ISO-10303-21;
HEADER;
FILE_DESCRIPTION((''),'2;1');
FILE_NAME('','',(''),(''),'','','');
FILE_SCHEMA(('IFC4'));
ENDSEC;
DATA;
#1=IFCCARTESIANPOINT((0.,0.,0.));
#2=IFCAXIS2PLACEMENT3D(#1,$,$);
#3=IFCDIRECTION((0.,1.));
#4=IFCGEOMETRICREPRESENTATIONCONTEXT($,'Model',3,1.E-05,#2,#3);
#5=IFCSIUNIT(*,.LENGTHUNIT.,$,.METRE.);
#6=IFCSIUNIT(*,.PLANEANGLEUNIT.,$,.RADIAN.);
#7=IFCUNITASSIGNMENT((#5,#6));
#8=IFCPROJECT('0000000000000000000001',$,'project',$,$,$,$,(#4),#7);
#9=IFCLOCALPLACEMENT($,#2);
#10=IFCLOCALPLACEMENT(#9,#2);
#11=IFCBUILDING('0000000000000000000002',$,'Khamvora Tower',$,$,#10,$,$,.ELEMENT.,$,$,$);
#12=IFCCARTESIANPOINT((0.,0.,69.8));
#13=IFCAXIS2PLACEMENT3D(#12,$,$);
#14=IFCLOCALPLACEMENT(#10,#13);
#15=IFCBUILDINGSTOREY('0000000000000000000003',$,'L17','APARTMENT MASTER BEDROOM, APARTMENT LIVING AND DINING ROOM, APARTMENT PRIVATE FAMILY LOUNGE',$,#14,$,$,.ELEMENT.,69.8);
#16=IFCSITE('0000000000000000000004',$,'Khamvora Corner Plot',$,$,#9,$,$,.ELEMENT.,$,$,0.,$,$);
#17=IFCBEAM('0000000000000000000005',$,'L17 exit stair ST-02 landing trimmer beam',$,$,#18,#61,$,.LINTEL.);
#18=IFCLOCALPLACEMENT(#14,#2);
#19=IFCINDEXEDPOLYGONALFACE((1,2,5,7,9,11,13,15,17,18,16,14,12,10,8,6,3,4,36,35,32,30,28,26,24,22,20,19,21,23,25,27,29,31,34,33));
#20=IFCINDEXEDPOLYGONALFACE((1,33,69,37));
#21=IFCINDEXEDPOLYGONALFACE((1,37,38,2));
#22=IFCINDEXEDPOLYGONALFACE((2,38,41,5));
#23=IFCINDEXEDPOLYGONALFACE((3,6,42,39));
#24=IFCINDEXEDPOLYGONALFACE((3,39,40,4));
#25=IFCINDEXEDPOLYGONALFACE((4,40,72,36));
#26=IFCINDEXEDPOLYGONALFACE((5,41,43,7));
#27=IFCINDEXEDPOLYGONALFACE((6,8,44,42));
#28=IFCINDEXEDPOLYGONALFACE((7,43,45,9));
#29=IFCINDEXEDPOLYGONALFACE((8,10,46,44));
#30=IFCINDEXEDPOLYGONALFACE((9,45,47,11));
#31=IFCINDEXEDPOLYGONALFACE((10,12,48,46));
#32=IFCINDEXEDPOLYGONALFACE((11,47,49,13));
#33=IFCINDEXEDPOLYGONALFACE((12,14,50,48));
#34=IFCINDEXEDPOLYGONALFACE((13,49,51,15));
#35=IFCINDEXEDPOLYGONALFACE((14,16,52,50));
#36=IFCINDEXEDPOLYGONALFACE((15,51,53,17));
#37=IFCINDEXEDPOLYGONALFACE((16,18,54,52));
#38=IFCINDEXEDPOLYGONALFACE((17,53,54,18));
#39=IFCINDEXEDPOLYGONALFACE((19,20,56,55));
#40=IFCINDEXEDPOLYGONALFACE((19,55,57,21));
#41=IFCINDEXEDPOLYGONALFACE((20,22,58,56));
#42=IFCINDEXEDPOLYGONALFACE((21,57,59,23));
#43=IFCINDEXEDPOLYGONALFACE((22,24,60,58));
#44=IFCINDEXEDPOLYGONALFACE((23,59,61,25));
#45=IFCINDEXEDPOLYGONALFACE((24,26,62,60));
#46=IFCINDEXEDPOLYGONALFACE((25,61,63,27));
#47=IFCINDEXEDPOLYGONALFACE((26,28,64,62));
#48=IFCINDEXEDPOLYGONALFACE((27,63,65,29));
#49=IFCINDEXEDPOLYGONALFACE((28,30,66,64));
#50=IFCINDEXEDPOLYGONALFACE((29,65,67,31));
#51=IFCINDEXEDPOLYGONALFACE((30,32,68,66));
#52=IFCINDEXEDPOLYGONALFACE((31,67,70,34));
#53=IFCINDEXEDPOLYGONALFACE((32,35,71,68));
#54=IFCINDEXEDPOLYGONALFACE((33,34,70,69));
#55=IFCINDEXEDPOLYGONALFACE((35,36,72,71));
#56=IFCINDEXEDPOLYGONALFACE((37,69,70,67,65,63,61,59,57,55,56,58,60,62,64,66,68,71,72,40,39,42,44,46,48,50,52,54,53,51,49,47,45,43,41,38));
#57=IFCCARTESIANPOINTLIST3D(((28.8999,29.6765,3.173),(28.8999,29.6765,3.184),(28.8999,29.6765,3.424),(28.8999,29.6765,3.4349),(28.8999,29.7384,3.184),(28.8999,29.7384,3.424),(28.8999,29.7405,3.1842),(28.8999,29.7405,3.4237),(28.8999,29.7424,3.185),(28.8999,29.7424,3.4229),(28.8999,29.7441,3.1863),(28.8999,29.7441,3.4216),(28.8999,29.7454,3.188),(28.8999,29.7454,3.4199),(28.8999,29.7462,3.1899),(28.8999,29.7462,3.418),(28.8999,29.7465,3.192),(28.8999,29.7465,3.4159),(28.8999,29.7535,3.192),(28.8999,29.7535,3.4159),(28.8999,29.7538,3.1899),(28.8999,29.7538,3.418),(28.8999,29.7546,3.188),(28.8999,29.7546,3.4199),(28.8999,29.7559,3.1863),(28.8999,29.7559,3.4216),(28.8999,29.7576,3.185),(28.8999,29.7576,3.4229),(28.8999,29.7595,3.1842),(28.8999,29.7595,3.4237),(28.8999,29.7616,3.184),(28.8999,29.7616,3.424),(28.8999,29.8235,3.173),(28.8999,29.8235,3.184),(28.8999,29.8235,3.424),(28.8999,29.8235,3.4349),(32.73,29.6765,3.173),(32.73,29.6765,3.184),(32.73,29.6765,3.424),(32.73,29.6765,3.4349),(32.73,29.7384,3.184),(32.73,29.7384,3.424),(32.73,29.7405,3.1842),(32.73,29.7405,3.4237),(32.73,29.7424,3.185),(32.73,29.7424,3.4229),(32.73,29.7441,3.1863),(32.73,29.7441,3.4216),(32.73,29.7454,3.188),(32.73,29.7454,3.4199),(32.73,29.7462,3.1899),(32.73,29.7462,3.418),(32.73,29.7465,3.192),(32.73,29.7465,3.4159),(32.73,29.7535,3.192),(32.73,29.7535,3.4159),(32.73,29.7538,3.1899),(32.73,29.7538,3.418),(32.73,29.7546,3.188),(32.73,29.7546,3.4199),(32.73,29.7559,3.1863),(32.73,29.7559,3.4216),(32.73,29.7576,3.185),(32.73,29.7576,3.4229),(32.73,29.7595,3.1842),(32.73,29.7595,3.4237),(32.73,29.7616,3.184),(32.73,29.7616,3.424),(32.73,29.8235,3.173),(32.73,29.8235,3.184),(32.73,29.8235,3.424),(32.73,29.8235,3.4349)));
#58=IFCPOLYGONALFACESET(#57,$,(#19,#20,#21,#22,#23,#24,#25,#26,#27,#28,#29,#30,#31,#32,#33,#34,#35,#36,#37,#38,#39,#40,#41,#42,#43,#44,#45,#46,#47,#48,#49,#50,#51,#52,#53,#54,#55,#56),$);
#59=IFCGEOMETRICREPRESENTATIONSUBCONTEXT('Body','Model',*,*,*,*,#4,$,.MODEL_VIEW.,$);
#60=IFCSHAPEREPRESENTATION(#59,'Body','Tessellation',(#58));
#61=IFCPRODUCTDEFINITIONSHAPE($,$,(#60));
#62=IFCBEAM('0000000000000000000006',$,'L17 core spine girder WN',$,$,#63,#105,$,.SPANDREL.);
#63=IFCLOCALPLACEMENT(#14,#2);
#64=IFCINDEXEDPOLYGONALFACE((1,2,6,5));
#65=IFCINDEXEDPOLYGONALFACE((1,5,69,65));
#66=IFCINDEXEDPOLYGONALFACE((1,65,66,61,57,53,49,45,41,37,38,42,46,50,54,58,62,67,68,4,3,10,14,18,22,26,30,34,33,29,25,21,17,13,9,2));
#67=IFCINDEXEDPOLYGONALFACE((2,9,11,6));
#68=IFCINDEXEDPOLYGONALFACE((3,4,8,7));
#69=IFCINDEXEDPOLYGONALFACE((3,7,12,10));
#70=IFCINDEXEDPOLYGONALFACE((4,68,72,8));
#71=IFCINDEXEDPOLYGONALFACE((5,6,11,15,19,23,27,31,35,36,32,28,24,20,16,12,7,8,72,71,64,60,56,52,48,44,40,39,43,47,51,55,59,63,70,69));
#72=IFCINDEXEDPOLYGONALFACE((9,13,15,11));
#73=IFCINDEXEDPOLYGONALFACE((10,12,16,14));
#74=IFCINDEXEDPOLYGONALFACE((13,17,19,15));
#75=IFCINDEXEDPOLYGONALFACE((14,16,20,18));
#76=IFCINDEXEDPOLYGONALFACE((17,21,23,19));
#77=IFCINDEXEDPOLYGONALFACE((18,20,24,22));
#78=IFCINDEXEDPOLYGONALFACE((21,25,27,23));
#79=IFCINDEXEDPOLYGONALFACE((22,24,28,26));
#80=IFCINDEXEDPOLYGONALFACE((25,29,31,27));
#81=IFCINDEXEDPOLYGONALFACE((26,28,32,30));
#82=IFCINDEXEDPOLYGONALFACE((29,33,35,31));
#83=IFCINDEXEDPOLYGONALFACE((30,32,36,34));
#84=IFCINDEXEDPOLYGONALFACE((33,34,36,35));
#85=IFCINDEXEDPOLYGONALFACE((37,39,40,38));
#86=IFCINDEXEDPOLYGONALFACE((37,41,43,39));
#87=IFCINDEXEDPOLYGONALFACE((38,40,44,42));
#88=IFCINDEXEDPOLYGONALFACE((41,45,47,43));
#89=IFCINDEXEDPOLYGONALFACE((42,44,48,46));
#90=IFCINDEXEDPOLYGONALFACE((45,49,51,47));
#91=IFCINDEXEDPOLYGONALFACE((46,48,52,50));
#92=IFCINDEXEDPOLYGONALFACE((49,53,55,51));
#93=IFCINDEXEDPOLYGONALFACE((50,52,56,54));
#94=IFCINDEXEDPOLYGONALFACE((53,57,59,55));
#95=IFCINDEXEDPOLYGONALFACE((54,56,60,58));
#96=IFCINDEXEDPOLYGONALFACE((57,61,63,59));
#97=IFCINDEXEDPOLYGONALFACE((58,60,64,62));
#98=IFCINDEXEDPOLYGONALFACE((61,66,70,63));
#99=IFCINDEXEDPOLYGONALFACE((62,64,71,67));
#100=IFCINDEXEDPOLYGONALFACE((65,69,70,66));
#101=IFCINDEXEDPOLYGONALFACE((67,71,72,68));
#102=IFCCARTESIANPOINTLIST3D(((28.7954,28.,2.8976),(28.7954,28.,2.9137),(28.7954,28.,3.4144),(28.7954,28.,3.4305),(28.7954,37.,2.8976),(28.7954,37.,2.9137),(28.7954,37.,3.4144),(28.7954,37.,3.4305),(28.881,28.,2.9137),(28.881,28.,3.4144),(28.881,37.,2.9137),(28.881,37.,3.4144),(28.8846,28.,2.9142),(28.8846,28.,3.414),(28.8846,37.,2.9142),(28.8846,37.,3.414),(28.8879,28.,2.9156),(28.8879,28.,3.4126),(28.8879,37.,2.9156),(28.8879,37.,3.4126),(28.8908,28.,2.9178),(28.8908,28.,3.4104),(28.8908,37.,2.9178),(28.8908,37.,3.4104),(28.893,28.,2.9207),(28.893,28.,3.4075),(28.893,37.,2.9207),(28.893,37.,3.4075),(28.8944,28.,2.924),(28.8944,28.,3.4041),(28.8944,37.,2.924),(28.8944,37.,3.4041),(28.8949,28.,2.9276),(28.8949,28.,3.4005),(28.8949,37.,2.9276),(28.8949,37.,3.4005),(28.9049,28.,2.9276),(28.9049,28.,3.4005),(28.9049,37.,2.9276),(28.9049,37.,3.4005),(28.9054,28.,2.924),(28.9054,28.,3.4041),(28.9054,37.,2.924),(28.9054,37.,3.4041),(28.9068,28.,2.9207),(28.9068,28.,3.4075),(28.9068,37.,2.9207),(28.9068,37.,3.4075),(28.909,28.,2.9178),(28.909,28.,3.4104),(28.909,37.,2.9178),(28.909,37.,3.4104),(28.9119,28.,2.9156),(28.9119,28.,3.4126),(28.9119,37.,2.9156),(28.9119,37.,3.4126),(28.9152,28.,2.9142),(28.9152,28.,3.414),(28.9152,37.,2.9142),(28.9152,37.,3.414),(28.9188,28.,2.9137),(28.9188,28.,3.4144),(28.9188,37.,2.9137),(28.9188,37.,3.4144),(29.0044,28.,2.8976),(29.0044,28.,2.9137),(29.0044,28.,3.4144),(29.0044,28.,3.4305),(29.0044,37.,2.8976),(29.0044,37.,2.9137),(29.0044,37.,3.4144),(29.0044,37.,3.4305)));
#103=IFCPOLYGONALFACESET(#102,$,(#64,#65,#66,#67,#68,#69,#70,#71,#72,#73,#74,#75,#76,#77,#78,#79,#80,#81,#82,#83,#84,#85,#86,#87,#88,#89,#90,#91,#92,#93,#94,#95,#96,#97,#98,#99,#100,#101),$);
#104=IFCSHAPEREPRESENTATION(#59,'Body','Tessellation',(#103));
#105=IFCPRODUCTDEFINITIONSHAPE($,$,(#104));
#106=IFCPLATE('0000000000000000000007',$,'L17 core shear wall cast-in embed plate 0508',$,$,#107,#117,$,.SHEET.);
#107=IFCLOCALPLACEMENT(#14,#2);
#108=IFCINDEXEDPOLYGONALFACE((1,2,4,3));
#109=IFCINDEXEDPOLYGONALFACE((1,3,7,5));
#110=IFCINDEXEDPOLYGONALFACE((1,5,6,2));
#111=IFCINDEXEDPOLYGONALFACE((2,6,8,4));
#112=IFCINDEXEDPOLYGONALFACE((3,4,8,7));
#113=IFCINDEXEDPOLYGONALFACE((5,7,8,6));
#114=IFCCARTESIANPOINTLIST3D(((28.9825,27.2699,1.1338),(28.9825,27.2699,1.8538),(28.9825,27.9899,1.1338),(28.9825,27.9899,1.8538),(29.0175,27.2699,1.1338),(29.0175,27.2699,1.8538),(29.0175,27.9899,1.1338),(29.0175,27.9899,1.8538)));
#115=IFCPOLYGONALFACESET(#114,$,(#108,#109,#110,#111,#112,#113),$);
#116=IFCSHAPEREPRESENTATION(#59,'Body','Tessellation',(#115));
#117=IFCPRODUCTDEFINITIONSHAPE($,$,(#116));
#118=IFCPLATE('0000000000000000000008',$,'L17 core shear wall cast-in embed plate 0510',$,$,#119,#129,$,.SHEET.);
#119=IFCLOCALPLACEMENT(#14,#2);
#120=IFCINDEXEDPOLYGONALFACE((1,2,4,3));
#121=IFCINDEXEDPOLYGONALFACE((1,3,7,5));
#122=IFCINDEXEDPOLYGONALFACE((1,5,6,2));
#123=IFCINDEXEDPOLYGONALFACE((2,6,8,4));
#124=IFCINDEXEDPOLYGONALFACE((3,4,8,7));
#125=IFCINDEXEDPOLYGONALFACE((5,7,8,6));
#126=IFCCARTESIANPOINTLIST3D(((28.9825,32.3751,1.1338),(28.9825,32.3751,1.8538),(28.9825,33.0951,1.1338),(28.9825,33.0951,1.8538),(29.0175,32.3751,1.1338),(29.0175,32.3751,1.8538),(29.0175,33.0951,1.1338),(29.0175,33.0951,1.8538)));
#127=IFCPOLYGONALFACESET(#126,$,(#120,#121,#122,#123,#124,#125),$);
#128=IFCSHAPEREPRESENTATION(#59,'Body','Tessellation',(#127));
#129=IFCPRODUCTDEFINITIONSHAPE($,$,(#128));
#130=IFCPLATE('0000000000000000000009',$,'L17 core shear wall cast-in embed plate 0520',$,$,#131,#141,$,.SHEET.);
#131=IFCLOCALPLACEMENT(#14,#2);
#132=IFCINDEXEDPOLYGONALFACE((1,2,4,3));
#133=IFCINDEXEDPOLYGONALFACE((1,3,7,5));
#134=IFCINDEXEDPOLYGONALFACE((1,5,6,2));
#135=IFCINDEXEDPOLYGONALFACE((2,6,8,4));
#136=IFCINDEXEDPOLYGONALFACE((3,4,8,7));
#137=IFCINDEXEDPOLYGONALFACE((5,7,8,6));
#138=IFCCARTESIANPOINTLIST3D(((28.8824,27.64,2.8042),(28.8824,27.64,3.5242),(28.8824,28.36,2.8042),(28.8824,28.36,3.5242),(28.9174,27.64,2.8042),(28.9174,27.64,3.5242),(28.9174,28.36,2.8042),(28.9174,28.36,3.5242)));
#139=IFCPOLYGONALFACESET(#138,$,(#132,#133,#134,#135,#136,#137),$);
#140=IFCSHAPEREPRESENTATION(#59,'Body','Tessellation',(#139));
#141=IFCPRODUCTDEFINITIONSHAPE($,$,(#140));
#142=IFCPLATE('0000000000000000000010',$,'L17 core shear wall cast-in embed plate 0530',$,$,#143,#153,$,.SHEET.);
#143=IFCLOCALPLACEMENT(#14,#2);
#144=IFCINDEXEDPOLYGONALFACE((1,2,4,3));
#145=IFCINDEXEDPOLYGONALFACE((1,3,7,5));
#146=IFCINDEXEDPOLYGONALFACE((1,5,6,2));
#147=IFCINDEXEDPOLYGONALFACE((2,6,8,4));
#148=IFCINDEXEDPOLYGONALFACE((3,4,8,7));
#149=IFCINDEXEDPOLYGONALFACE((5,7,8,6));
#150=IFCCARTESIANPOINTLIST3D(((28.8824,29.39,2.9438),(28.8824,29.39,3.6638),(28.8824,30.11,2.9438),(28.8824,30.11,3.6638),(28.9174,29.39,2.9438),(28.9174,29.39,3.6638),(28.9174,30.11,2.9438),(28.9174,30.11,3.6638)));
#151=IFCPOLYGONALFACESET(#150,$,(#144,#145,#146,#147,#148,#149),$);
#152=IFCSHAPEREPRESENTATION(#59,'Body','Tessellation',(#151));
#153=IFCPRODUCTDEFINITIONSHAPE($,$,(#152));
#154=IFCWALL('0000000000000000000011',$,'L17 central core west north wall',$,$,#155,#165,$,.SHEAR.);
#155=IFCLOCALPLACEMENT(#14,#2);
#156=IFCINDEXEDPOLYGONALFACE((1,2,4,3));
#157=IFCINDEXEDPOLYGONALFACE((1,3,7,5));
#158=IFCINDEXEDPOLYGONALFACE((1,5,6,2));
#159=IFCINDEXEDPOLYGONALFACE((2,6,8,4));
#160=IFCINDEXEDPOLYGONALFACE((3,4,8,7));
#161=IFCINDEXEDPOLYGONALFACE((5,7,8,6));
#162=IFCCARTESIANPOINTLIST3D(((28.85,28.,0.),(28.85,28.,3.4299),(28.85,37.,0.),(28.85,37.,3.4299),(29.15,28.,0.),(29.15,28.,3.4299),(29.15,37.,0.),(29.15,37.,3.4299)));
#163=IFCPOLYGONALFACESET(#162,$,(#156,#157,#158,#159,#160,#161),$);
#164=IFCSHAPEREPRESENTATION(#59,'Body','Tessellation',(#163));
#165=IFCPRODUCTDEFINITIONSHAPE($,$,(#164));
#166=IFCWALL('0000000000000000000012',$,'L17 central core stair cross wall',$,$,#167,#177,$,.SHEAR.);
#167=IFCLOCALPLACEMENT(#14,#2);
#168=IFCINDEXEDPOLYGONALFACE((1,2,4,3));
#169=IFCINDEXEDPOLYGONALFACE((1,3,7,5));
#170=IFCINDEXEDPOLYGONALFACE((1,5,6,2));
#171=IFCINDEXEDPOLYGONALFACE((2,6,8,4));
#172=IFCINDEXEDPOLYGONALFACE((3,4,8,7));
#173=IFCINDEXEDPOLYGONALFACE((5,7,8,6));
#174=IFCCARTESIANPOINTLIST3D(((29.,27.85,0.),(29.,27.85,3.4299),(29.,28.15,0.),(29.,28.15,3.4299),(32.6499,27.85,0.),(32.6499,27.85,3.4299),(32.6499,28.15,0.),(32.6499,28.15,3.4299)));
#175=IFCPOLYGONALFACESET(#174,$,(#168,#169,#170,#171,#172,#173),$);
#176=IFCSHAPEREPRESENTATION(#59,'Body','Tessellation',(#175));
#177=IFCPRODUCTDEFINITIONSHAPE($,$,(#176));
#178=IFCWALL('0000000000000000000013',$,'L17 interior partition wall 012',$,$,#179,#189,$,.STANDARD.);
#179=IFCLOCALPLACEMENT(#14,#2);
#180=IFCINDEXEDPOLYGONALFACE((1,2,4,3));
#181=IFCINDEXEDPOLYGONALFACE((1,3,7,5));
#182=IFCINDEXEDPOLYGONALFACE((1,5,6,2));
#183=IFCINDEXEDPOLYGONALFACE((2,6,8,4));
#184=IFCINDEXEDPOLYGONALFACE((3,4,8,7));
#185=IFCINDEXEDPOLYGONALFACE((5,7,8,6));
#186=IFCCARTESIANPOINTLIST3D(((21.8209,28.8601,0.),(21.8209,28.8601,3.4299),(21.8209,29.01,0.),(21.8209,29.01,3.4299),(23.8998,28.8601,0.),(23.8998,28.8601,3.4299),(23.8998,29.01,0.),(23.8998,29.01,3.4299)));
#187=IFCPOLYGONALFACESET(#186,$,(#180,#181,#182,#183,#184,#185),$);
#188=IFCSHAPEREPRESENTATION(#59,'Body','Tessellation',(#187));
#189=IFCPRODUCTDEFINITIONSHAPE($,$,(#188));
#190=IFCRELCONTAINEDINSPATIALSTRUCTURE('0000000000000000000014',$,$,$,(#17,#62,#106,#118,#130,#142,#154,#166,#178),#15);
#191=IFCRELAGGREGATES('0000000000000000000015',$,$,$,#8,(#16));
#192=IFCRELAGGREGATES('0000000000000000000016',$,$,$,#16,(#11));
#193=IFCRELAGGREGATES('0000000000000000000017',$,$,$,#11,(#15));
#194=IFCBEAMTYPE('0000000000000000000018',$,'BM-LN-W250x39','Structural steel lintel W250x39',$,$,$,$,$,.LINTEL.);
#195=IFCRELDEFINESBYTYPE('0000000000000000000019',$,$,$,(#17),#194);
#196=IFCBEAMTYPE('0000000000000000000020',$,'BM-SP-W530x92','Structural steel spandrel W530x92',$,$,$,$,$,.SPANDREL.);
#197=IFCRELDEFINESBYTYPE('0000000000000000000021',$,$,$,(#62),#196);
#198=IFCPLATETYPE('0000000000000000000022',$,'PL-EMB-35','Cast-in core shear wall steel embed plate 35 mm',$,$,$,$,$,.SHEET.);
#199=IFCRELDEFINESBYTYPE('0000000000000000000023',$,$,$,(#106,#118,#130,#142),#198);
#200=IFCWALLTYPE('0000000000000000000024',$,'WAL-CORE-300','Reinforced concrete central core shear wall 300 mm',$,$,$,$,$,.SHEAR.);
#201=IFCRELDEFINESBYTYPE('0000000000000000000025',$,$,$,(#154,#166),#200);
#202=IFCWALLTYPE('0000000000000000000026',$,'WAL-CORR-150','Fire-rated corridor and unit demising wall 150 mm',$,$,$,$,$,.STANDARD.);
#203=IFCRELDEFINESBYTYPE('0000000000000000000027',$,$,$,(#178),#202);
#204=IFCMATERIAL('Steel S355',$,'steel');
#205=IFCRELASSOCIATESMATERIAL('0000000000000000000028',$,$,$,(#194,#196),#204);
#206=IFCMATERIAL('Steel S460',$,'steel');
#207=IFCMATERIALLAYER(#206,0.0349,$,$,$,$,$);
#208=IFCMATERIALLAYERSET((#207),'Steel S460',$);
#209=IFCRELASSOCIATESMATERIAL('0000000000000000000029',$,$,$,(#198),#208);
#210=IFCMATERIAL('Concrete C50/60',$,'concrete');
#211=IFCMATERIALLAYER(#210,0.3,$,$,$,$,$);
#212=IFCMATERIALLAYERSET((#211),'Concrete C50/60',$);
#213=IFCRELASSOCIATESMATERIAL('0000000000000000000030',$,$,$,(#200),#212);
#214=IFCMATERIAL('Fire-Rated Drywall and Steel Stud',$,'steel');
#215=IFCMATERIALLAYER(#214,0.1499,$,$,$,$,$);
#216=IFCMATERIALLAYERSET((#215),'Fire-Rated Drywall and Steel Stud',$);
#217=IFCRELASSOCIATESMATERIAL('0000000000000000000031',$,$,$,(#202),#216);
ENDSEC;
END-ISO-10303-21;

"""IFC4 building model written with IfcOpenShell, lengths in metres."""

from ifc_helpers import new_model, si_unit, direction, frame, frame_2d, origin, origin_2d, place, context, subcontext, project, spatial, rectangle, i_section, extrude, material, layer, layer_set, material_profile, profile_set, type_object, element, save


model = new_model("IFC4")

# Units and contexts
model_context = context("Model", 3, precision=1e-05, world=origin(), true_north=direction((0.0, 1.0)))
body_context = subcontext(model_context, "Body", "Model", "MODEL_VIEW")
ifc_project = project(units=[si_unit("LENGTHUNIT", "METRE"), si_unit("PLANEANGLEUNIT", "RADIAN")], contexts=[model_context])

# Site, building, storey
site_placement = place(None, origin())
site = spatial("IfcSite", under=ifc_project, at=site_placement, Name="Khamvora Corner Plot", CompositionType="ELEMENT", RefElevation=0.0)
building_placement = place(site_placement, origin())
building = spatial("IfcBuilding", under=site, at=building_placement, Name="Khamvora Tower", CompositionType="ELEMENT")
storey_placement = place(building_placement, frame((0.0, 0.0, 69.8)))
storey = spatial("IfcBuildingStorey", under=building, at=storey_placement, Name="L17", Description="APARTMENT MASTER BEDROOM, APARTMENT LIVING AND DINING ROOM, APARTMENT PRIVATE FAMILY LOUNGE", CompositionType="ELEMENT", Elevation=69.8)

# Shared definitions
ifc_material_1 = material(Name="Steel S460", Category="steel")

# Beams
ifc_material_2 = material(Name="Steel S355", Category="steel")
ifc_material_profile_1 = material_profile(ifc_material_2, i_section(OverallWidth=0.147, OverallDepth=0.262, WebThickness=0.0071, FlangeThickness=0.011, FilletRadius=0.0081, at=origin_2d()), Name="W250x39")
ifc_profile_set_1 = profile_set([ifc_material_profile_1], Name="Steel S355")
beam_type_1 = type_object("IfcBeamType", Name="BM-LN-W250x39", Description="Structural steel lintel W250x39", PredefinedType="LINTEL", material=ifc_profile_set_1)
beam_1_placement = place(storey_placement, frame((28.8999, 29.75, 3.304), z_axis=(1.0, 0.0, 0.0), x_axis=(0.0, 1.0, 0.0)))
element("IfcBeam", 1, at=beam_1_placement, inside=storey, type_object=beam_type_1, Name="L17 exit stair ST-02 landing trimmer beam", PredefinedType="LINTEL", context=body_context, shape_type="SweptSolid", body=[
    extrude(i_section(OverallWidth=0.147, OverallDepth=0.262, WebThickness=0.0071, FlangeThickness=0.011, FilletRadius=0.0081, at=origin_2d()), origin(), (0.0, 0.0, 1.0), 3.8301),
])
ifc_material_profile_2 = material_profile(ifc_material_2, i_section(OverallWidth=0.209, OverallDepth=0.533, WebThickness=0.01, FlangeThickness=0.0161, FilletRadius=0.0139, at=origin_2d()), Name="W530x92")
ifc_profile_set_2 = profile_set([ifc_material_profile_2], Name="Steel S355")
beam_type_2 = type_object("IfcBeamType", Name="BM-SP-W530x92", Description="Structural steel spandrel W530x92", PredefinedType="SPANDREL", material=ifc_profile_set_2)
beam_2_placement = place(storey_placement, frame((28.8999, 28.0, 3.1641), z_axis=(0.0, 1.0, 0.0), x_axis=(-1.0, 0.0, 0.0)))
element("IfcBeam", 2, at=beam_2_placement, inside=storey, type_object=beam_type_2, Name="L17 core spine girder WN", PredefinedType="SPANDREL", context=body_context, shape_type="SweptSolid", body=[
    extrude(i_section(OverallWidth=0.209, OverallDepth=0.533, WebThickness=0.01, FlangeThickness=0.0161, FilletRadius=0.0139, at=origin_2d()), origin(), (0.0, 0.0, 1.0), 9.0),
])

# Plates
ifc_layer_1 = layer(ifc_material_1, 0.0349)
ifc_layer_set_1 = layer_set([ifc_layer_1], Name="Steel S460")
plate_type = type_object("IfcPlateType", Name="PL-EMB-35", Description="Cast-in core shear wall steel embed plate 35 mm", PredefinedType="SHEET", material=ifc_layer_set_1)
for number, where, z_axis, x_axis, name in (
    (3, (29.0, 27.6299, 1.1338), (0.0, 0.0, 1.0), (1.0, 0.0, 0.0), "L17 core shear wall cast-in embed plate 0508"),
    (4, (29.0, 32.7351, 1.1338), (0.0, 0.0, 1.0), (1.0, 0.0, 0.0), "L17 core shear wall cast-in embed plate 0510"),
    (5, (28.8999, 28.0, 2.8042), (0.0, 0.0, 1.0), (1.0, 0.0, 0.0), "L17 core shear wall cast-in embed plate 0520"),
    (6, (28.8999, 29.75, 2.9438), (0.0, 0.0, 1.0), (1.0, 0.0, 0.0), "L17 core shear wall cast-in embed plate 0530"),
):
    element("IfcPlate", number, at=place(storey_placement, frame(where, z_axis=z_axis, x_axis=x_axis)), inside=storey, type_object=plate_type, Name=name, PredefinedType="SHEET", context=body_context, shape_type="SweptSolid", body=[
        extrude(rectangle(XDim=0.0349, YDim=0.72, at=origin_2d()), origin(), (0.0, 0.0, 1.0), 0.72),
    ])

# Walls
ifc_material_3 = material(Name="Concrete C50/60", Category="concrete")
ifc_layer_2 = layer(ifc_material_3, 0.3)
ifc_layer_set_2 = layer_set([ifc_layer_2], Name="Concrete C50/60")
wall_type_1 = type_object("IfcWallType", Name="WAL-CORE-300", Description="Reinforced concrete central core shear wall 300 mm", PredefinedType="SHEAR", material=ifc_layer_set_2)
wall_1_placement = place(storey_placement, frame((29.0, 28.0, 0.0), z_axis=(0.0, 0.0, 1.0), x_axis=(0.0, 1.0, 0.0)))
element("IfcWall", 7, at=wall_1_placement, inside=storey, type_object=wall_type_1, Name="L17 central core west north wall", PredefinedType="SHEAR", context=body_context, shape_type="SweptSolid", body=[
    extrude(rectangle(XDim=9.0, YDim=0.3, at=frame_2d((4.5, 0.0))), origin(), (0.0, 0.0, 1.0), 3.4299),
])
wall_2_placement = place(storey_placement, frame((29.0, 28.0, 0.0), z_axis=(0.0, 0.0, 1.0), x_axis=(1.0, 0.0, 0.0)))
element("IfcWall", 8, at=wall_2_placement, inside=storey, type_object=wall_type_1, Name="L17 central core stair cross wall", PredefinedType="SHEAR", context=body_context, shape_type="SweptSolid", body=[
    extrude(rectangle(XDim=3.6499, YDim=0.3, at=frame_2d((1.825, 0.0))), origin(), (0.0, 0.0, 1.0), 3.4299),
])
ifc_material_4 = material(Name="Fire-Rated Drywall and Steel Stud", Category="steel")
ifc_layer_3 = layer(ifc_material_4, 0.1499)
ifc_layer_set_3 = layer_set([ifc_layer_3], Name="Fire-Rated Drywall and Steel Stud")
wall_type_2 = type_object("IfcWallType", Name="WAL-CORR-150", Description="Fire-rated corridor and unit demising wall 150 mm", PredefinedType="STANDARD", material=ifc_layer_set_3)
wall_3_placement = place(storey_placement, frame((23.8999, 28.9351, 0.0), z_axis=(0.0, 0.0, 1.0), x_axis=(-1.0, 0.0, 0.0)))
element("IfcWall", 9, at=wall_3_placement, inside=storey, type_object=wall_type_2, Name="L17 interior partition wall 012", PredefinedType="STANDARD", context=body_context, shape_type="SweptSolid", body=[
    extrude(rectangle(XDim=2.0789, YDim=0.1499, at=frame_2d((1.0396, 0.0))), origin(), (0.0, 0.0, 1.0), 3.4299),
])

save(model, "model.ifc")
